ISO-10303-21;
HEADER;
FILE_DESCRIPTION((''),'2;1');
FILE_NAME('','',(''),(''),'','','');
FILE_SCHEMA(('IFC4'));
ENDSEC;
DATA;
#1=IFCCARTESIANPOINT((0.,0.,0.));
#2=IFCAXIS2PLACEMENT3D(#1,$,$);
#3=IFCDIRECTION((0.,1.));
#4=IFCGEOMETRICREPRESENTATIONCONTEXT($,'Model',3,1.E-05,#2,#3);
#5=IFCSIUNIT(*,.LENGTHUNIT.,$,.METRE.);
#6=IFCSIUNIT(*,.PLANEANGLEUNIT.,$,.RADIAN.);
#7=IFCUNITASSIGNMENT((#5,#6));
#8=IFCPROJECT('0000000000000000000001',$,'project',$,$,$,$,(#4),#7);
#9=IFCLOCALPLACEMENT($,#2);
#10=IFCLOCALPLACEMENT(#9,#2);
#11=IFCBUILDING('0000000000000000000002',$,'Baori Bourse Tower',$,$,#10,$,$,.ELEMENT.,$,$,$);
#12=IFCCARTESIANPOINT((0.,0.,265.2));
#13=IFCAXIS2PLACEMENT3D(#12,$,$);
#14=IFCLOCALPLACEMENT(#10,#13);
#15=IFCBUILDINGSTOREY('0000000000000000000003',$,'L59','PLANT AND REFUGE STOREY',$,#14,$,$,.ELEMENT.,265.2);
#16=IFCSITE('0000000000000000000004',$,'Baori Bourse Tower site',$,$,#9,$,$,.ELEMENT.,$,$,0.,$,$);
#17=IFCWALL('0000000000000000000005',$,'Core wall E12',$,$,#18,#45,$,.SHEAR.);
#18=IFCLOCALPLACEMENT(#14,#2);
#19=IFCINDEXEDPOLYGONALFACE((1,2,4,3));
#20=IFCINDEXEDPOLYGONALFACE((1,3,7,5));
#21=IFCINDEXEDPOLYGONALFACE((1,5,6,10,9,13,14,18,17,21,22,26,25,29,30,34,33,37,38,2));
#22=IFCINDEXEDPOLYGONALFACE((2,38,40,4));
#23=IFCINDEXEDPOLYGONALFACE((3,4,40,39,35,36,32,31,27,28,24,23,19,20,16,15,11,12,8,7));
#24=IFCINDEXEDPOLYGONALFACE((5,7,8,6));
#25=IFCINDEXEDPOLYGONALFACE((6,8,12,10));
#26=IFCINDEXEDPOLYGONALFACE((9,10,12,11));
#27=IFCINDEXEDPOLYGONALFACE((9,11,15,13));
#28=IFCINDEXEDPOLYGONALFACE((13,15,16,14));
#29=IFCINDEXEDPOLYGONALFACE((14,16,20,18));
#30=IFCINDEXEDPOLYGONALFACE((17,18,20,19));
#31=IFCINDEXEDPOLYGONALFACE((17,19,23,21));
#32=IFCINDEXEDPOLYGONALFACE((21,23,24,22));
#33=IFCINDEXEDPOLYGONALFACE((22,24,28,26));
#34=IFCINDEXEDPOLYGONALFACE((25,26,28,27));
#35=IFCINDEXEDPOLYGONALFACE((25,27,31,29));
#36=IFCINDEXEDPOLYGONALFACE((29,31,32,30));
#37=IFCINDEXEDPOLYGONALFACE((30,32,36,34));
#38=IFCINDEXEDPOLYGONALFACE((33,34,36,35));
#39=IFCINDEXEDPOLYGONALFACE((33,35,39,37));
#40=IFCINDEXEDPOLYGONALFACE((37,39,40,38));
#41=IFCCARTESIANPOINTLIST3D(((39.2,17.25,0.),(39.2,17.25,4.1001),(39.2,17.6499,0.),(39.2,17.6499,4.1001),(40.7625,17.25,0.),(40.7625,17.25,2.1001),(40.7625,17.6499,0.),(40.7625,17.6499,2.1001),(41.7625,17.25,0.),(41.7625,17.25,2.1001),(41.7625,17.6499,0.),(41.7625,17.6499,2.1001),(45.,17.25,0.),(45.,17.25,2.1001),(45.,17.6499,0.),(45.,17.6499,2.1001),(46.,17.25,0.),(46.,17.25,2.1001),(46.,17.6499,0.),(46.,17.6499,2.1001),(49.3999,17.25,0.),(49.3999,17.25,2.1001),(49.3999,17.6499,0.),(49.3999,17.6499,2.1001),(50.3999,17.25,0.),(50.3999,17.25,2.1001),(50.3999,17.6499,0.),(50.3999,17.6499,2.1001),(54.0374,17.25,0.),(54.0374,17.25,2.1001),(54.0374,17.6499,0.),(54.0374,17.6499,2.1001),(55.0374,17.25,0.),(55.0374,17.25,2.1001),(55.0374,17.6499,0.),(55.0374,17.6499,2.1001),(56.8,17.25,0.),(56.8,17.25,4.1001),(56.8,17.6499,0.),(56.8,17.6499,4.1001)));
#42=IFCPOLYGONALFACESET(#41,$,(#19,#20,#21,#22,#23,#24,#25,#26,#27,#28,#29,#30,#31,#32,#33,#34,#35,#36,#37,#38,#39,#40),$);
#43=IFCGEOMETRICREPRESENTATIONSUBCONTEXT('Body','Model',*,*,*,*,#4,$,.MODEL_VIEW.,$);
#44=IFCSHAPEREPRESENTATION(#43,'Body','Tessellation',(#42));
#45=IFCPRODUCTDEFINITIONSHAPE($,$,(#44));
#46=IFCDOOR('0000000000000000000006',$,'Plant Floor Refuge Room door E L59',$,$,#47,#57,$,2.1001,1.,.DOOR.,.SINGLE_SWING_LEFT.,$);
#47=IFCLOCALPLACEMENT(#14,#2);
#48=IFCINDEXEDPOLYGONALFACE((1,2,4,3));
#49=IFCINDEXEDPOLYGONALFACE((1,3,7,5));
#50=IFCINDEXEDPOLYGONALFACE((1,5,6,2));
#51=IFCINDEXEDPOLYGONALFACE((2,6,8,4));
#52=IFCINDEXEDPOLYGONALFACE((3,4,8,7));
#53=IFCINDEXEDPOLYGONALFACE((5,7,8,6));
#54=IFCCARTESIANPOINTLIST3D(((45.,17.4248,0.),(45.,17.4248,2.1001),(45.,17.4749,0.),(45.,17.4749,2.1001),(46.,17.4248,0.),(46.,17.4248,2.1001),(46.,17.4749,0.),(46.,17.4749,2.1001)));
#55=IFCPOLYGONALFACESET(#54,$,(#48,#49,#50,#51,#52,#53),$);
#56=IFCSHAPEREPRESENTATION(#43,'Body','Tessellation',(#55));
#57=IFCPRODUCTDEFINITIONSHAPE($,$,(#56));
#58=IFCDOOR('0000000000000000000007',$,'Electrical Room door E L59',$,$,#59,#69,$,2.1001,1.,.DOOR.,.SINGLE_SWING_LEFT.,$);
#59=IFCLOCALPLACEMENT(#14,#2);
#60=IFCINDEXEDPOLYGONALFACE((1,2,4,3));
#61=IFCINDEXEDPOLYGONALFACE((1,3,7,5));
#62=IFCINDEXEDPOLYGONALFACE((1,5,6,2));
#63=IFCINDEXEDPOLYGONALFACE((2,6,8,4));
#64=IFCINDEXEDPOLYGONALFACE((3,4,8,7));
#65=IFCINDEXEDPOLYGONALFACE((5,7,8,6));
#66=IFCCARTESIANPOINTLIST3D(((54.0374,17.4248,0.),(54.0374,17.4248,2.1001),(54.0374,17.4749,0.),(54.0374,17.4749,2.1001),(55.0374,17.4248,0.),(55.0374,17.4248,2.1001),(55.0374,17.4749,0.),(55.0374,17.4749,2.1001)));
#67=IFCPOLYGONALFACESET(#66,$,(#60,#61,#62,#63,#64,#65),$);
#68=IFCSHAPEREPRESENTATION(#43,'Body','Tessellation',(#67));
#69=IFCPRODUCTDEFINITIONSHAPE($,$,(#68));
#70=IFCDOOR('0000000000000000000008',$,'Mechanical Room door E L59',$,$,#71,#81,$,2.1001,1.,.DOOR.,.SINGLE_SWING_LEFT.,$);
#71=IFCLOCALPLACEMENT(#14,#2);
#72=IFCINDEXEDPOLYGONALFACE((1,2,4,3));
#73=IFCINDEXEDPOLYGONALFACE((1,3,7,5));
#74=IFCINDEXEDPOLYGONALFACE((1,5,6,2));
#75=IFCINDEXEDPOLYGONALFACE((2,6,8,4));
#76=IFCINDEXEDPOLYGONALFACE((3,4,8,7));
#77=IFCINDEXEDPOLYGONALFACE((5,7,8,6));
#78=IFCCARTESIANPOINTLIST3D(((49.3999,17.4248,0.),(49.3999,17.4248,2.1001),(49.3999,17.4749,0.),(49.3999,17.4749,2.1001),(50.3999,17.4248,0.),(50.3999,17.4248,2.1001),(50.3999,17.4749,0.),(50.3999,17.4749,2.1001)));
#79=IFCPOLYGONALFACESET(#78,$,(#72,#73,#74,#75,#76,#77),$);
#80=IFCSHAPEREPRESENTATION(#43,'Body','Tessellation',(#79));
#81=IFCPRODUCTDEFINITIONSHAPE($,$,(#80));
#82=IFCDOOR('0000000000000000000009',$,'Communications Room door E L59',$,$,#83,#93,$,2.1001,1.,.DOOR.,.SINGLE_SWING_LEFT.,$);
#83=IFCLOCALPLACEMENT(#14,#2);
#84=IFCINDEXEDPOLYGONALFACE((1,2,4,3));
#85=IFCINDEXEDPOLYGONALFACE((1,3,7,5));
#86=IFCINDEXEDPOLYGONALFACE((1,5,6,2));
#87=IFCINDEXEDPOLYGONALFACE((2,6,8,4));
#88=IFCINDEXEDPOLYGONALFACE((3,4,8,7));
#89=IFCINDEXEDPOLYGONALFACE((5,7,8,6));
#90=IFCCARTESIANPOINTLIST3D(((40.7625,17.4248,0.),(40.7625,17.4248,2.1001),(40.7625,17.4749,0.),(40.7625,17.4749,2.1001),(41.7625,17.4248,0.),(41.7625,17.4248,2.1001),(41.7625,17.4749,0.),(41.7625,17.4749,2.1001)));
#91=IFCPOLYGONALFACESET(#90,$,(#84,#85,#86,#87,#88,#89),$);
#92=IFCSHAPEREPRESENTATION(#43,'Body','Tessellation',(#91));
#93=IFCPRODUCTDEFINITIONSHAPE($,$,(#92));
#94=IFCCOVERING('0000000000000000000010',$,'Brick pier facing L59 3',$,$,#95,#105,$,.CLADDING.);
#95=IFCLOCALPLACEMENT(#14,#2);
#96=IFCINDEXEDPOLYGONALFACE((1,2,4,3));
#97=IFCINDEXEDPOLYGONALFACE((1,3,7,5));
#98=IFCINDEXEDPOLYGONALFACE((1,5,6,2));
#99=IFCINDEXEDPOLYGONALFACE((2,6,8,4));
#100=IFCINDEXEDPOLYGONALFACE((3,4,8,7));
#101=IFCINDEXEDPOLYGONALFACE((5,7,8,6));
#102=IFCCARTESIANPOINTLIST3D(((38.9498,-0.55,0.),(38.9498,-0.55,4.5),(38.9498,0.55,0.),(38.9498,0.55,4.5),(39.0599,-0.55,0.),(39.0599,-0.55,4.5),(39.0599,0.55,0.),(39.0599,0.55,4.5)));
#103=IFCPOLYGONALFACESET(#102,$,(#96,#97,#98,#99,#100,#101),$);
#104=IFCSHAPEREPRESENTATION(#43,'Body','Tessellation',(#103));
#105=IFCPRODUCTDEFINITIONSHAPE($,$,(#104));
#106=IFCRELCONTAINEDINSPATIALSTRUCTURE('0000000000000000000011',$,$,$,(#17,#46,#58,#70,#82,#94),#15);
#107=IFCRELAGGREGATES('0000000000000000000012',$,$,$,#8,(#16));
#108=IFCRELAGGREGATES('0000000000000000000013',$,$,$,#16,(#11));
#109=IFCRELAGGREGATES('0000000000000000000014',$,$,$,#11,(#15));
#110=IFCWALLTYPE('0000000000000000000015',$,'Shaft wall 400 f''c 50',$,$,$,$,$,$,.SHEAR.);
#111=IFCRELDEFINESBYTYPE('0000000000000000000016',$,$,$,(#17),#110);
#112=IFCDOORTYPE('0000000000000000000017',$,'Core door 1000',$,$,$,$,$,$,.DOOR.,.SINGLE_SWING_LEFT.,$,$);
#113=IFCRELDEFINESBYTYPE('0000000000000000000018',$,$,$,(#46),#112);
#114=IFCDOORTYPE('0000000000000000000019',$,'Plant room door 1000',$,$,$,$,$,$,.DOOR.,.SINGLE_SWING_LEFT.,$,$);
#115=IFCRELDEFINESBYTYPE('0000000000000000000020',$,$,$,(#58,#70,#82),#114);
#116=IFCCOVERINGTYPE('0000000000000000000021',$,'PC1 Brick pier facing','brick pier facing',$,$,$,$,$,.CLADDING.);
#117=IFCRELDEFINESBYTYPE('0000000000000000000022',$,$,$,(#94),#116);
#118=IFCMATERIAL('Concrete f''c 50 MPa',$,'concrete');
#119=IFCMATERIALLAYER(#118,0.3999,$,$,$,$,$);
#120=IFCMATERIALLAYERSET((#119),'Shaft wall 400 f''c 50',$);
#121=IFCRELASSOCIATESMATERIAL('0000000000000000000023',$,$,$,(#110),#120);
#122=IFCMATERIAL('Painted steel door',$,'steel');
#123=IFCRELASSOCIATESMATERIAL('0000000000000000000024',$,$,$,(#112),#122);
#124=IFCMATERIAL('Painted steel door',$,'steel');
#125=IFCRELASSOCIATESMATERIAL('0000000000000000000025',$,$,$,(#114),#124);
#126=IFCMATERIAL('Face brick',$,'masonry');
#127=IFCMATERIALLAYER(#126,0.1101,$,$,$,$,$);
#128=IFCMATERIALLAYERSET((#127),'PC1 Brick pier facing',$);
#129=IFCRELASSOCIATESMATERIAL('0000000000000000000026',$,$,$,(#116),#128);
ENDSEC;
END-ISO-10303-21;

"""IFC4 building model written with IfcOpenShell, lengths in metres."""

from ifc_helpers import new_model, si_unit, direction, frame, frame_2d, origin, origin_2d, place, context, subcontext, project, spatial, rectangle, extrude, material, layer, layer_set, type_object, element, fill, save


model = new_model("IFC4")

# Units and contexts
model_context = context("Model", 3, precision=1e-05, world=origin(), true_north=direction((0.0, 1.0)))
body_context = subcontext(model_context, "Body", "Model", "MODEL_VIEW")
ifc_project = project(units=[si_unit("LENGTHUNIT", "METRE"), si_unit("PLANEANGLEUNIT", "RADIAN")], contexts=[model_context])

# Site, building, storey
site_placement = place(None, origin())
site = spatial("IfcSite", under=ifc_project, at=site_placement, Name="Baori Bourse Tower site", CompositionType="ELEMENT", RefElevation=0.0)
building_placement = place(site_placement, origin())
building = spatial("IfcBuilding", under=site, at=building_placement, Name="Baori Bourse Tower", CompositionType="ELEMENT")
storey_placement = place(building_placement, frame((0.0, 0.0, 265.2)))
storey = spatial("IfcBuildingStorey", under=building, at=storey_placement, Name="L59", Description="PLANT AND REFUGE STOREY", CompositionType="ELEMENT", Elevation=265.2)

# Shared definitions
ifc_material_1 = material(Name="Concrete f'c 50 MPa", Category="concrete")
ifc_layer_1 = layer(ifc_material_1, 0.3999)
ifc_layer_set_1 = layer_set([ifc_layer_1], Name="Shaft wall 400 f'c 50")
wall_type_1 = type_object("IfcWallType", Name="Shaft wall 400 f'c 50", PredefinedType="SHEAR", material=ifc_layer_set_1)

# Wall, openings, doors
wall_1_placement = place(storey_placement, frame((39.2, 17.45, 0.0), z_axis=(0.0, 0.0, 1.0), x_axis=(1.0, 0.0, 0.0)))
wall_1 = element("IfcWall", 1, at=wall_1_placement, inside=storey, type_object=wall_type_1, Name="Core wall E12", PredefinedType="SHEAR", context=body_context, shape_type="SweptSolid", body=[
    extrude(rectangle(XDim=17.6001, YDim=0.3999, at=frame_2d((8.8, 0.0))), origin(), (0.0, 0.0, 1.0), 4.1001),
])
opening_1_placement = place(wall_1_placement, frame((14.8374, 0.0, 0.0)))
opening_1 = element("IfcOpeningElement", 2, at=opening_1_placement, cuts=wall_1, PredefinedType="OPENING", context=body_context, shape_type="SweptSolid", body=[
    extrude(rectangle(XDim=1.0, YDim=2.1001, at=frame_2d((0.5, 1.05))), frame((0.0, 0.21, 0.0), z_axis=(0.0, -1.0, 0.0), x_axis=(1.0, 0.0, 0.0)), (0.0, 0.0, 1.0), 0.4199),
])
opening_2_placement = place(wall_1_placement, frame((10.2, 0.0, 0.0)))
opening_2 = element("IfcOpeningElement", 3, at=opening_2_placement, cuts=wall_1, PredefinedType="OPENING", context=body_context, shape_type="SweptSolid", body=[
    extrude(rectangle(XDim=1.0, YDim=2.1001, at=frame_2d((0.5, 1.05))), frame((0.0, 0.21, 0.0), z_axis=(0.0, -1.0, 0.0), x_axis=(1.0, 0.0, 0.0)), (0.0, 0.0, 1.0), 0.4199),
])
opening_3_placement = place(wall_1_placement, frame((5.8, 0.0, 0.0)))
opening_3 = element("IfcOpeningElement", 4, at=opening_3_placement, cuts=wall_1, PredefinedType="OPENING", context=body_context, shape_type="SweptSolid", body=[
    extrude(rectangle(XDim=1.0, YDim=2.1001, at=frame_2d((0.5, 1.05))), frame((0.0, 0.21, 0.0), z_axis=(0.0, -1.0, 0.0), x_axis=(1.0, 0.0, 0.0)), (0.0, 0.0, 1.0), 0.4199),
])
opening_4_placement = place(wall_1_placement, frame((1.5625, 0.0, 0.0)))
opening_4 = element("IfcOpeningElement", 5, at=opening_4_placement, cuts=wall_1, PredefinedType="OPENING", context=body_context, shape_type="SweptSolid", body=[
    extrude(rectangle(XDim=1.0, YDim=2.1001, at=frame_2d((0.5, 1.05))), frame((0.0, 0.21, 0.0), z_axis=(0.0, -1.0, 0.0), x_axis=(1.0, 0.0, 0.0)), (0.0, 0.0, 1.0), 0.4199),
])
ifc_material_2 = material(Name="Painted steel door", Category="steel")
door_type_1 = type_object("IfcDoorType", Name="Core door 1000", OperationType="SINGLE_SWING_LEFT", PredefinedType="DOOR", material=ifc_material_2)
door_1_placement = place(opening_3_placement, origin())
door_1 = element("IfcDoor", 6, at=door_1_placement, inside=storey, type_object=door_type_1, Name="Plant Floor Refuge Room door E L59", OperationType="SINGLE_SWING_LEFT", OverallHeight=2.1001, OverallWidth=1.0, PredefinedType="DOOR", context=body_context, shape_type="SweptSolid", body=[
    extrude(rectangle(XDim=1.0, YDim=2.1001, at=frame_2d((0.5, 1.05))), frame((0.0, 0.0249, 0.0), z_axis=(0.0, -1.0, 0.0), x_axis=(1.0, 0.0, 0.0)), (0.0, 0.0, 1.0), 0.05),
])
fill(opening_3, door_1)
ifc_material_3 = material(Name="Painted steel door", Category="steel")
door_type_2 = type_object("IfcDoorType", Name="Plant room door 1000", OperationType="SINGLE_SWING_LEFT", PredefinedType="DOOR", material=ifc_material_3)
door_2_placement = place(opening_1_placement, origin())
door_2 = element("IfcDoor", 7, at=door_2_placement, inside=storey, type_object=door_type_2, Name="Electrical Room door E L59", OperationType="SINGLE_SWING_LEFT", OverallHeight=2.1001, OverallWidth=1.0, PredefinedType="DOOR", context=body_context, shape_type="SweptSolid", body=[
    extrude(rectangle(XDim=1.0, YDim=2.1001, at=frame_2d((0.5, 1.05))), frame((0.0, 0.0249, 0.0), z_axis=(0.0, -1.0, 0.0), x_axis=(1.0, 0.0, 0.0)), (0.0, 0.0, 1.0), 0.05),
])
fill(opening_1, door_2)
door_3_placement = place(opening_2_placement, origin())
door_3 = element("IfcDoor", 8, at=door_3_placement, inside=storey, type_object=door_type_2, Name="Mechanical Room door E L59", OperationType="SINGLE_SWING_LEFT", OverallHeight=2.1001, OverallWidth=1.0, PredefinedType="DOOR", context=body_context, shape_type="SweptSolid", body=[
    extrude(rectangle(XDim=1.0, YDim=2.1001, at=frame_2d((0.5, 1.05))), frame((0.0, 0.0249, 0.0), z_axis=(0.0, -1.0, 0.0), x_axis=(1.0, 0.0, 0.0)), (0.0, 0.0, 1.0), 0.05),
])
fill(opening_2, door_3)
door_4_placement = place(opening_4_placement, origin())
door_4 = element("IfcDoor", 9, at=door_4_placement, inside=storey, type_object=door_type_2, Name="Communications Room door E L59", OperationType="SINGLE_SWING_LEFT", OverallHeight=2.1001, OverallWidth=1.0, PredefinedType="DOOR", context=body_context, shape_type="SweptSolid", body=[
    extrude(rectangle(XDim=1.0, YDim=2.1001, at=frame_2d((0.5, 1.05))), frame((0.0, 0.0249, 0.0), z_axis=(0.0, -1.0, 0.0), x_axis=(1.0, 0.0, 0.0)), (0.0, 0.0, 1.0), 0.05),
])
fill(opening_4, door_4)

# Covering
ifc_material_4 = material(Name="Face brick", Category="masonry")
ifc_layer_2 = layer(ifc_material_4, 0.1101)
ifc_layer_set_2 = layer_set([ifc_layer_2], Name="PC1 Brick pier facing")
covering_type = type_object("IfcCoveringType", Name="PC1 Brick pier facing", Description="brick pier facing", PredefinedType="CLADDING", material=ifc_layer_set_2)
covering_placement = place(storey_placement, frame((39.0049, 0.0, 0.0), z_axis=(0.0, 0.0, 1.0), x_axis=(1.0, 0.0, 0.0)))
element("IfcCovering", 10, at=covering_placement, inside=storey, type_object=covering_type, Name="Brick pier facing L59 3", PredefinedType="CLADDING", context=body_context, shape_type="SweptSolid", body=[
    extrude(rectangle(XDim=0.1101, YDim=1.1001, at=origin_2d()), origin(), (0.0, 0.0, 1.0), 4.5),
])

save(model, "model.ifc")
